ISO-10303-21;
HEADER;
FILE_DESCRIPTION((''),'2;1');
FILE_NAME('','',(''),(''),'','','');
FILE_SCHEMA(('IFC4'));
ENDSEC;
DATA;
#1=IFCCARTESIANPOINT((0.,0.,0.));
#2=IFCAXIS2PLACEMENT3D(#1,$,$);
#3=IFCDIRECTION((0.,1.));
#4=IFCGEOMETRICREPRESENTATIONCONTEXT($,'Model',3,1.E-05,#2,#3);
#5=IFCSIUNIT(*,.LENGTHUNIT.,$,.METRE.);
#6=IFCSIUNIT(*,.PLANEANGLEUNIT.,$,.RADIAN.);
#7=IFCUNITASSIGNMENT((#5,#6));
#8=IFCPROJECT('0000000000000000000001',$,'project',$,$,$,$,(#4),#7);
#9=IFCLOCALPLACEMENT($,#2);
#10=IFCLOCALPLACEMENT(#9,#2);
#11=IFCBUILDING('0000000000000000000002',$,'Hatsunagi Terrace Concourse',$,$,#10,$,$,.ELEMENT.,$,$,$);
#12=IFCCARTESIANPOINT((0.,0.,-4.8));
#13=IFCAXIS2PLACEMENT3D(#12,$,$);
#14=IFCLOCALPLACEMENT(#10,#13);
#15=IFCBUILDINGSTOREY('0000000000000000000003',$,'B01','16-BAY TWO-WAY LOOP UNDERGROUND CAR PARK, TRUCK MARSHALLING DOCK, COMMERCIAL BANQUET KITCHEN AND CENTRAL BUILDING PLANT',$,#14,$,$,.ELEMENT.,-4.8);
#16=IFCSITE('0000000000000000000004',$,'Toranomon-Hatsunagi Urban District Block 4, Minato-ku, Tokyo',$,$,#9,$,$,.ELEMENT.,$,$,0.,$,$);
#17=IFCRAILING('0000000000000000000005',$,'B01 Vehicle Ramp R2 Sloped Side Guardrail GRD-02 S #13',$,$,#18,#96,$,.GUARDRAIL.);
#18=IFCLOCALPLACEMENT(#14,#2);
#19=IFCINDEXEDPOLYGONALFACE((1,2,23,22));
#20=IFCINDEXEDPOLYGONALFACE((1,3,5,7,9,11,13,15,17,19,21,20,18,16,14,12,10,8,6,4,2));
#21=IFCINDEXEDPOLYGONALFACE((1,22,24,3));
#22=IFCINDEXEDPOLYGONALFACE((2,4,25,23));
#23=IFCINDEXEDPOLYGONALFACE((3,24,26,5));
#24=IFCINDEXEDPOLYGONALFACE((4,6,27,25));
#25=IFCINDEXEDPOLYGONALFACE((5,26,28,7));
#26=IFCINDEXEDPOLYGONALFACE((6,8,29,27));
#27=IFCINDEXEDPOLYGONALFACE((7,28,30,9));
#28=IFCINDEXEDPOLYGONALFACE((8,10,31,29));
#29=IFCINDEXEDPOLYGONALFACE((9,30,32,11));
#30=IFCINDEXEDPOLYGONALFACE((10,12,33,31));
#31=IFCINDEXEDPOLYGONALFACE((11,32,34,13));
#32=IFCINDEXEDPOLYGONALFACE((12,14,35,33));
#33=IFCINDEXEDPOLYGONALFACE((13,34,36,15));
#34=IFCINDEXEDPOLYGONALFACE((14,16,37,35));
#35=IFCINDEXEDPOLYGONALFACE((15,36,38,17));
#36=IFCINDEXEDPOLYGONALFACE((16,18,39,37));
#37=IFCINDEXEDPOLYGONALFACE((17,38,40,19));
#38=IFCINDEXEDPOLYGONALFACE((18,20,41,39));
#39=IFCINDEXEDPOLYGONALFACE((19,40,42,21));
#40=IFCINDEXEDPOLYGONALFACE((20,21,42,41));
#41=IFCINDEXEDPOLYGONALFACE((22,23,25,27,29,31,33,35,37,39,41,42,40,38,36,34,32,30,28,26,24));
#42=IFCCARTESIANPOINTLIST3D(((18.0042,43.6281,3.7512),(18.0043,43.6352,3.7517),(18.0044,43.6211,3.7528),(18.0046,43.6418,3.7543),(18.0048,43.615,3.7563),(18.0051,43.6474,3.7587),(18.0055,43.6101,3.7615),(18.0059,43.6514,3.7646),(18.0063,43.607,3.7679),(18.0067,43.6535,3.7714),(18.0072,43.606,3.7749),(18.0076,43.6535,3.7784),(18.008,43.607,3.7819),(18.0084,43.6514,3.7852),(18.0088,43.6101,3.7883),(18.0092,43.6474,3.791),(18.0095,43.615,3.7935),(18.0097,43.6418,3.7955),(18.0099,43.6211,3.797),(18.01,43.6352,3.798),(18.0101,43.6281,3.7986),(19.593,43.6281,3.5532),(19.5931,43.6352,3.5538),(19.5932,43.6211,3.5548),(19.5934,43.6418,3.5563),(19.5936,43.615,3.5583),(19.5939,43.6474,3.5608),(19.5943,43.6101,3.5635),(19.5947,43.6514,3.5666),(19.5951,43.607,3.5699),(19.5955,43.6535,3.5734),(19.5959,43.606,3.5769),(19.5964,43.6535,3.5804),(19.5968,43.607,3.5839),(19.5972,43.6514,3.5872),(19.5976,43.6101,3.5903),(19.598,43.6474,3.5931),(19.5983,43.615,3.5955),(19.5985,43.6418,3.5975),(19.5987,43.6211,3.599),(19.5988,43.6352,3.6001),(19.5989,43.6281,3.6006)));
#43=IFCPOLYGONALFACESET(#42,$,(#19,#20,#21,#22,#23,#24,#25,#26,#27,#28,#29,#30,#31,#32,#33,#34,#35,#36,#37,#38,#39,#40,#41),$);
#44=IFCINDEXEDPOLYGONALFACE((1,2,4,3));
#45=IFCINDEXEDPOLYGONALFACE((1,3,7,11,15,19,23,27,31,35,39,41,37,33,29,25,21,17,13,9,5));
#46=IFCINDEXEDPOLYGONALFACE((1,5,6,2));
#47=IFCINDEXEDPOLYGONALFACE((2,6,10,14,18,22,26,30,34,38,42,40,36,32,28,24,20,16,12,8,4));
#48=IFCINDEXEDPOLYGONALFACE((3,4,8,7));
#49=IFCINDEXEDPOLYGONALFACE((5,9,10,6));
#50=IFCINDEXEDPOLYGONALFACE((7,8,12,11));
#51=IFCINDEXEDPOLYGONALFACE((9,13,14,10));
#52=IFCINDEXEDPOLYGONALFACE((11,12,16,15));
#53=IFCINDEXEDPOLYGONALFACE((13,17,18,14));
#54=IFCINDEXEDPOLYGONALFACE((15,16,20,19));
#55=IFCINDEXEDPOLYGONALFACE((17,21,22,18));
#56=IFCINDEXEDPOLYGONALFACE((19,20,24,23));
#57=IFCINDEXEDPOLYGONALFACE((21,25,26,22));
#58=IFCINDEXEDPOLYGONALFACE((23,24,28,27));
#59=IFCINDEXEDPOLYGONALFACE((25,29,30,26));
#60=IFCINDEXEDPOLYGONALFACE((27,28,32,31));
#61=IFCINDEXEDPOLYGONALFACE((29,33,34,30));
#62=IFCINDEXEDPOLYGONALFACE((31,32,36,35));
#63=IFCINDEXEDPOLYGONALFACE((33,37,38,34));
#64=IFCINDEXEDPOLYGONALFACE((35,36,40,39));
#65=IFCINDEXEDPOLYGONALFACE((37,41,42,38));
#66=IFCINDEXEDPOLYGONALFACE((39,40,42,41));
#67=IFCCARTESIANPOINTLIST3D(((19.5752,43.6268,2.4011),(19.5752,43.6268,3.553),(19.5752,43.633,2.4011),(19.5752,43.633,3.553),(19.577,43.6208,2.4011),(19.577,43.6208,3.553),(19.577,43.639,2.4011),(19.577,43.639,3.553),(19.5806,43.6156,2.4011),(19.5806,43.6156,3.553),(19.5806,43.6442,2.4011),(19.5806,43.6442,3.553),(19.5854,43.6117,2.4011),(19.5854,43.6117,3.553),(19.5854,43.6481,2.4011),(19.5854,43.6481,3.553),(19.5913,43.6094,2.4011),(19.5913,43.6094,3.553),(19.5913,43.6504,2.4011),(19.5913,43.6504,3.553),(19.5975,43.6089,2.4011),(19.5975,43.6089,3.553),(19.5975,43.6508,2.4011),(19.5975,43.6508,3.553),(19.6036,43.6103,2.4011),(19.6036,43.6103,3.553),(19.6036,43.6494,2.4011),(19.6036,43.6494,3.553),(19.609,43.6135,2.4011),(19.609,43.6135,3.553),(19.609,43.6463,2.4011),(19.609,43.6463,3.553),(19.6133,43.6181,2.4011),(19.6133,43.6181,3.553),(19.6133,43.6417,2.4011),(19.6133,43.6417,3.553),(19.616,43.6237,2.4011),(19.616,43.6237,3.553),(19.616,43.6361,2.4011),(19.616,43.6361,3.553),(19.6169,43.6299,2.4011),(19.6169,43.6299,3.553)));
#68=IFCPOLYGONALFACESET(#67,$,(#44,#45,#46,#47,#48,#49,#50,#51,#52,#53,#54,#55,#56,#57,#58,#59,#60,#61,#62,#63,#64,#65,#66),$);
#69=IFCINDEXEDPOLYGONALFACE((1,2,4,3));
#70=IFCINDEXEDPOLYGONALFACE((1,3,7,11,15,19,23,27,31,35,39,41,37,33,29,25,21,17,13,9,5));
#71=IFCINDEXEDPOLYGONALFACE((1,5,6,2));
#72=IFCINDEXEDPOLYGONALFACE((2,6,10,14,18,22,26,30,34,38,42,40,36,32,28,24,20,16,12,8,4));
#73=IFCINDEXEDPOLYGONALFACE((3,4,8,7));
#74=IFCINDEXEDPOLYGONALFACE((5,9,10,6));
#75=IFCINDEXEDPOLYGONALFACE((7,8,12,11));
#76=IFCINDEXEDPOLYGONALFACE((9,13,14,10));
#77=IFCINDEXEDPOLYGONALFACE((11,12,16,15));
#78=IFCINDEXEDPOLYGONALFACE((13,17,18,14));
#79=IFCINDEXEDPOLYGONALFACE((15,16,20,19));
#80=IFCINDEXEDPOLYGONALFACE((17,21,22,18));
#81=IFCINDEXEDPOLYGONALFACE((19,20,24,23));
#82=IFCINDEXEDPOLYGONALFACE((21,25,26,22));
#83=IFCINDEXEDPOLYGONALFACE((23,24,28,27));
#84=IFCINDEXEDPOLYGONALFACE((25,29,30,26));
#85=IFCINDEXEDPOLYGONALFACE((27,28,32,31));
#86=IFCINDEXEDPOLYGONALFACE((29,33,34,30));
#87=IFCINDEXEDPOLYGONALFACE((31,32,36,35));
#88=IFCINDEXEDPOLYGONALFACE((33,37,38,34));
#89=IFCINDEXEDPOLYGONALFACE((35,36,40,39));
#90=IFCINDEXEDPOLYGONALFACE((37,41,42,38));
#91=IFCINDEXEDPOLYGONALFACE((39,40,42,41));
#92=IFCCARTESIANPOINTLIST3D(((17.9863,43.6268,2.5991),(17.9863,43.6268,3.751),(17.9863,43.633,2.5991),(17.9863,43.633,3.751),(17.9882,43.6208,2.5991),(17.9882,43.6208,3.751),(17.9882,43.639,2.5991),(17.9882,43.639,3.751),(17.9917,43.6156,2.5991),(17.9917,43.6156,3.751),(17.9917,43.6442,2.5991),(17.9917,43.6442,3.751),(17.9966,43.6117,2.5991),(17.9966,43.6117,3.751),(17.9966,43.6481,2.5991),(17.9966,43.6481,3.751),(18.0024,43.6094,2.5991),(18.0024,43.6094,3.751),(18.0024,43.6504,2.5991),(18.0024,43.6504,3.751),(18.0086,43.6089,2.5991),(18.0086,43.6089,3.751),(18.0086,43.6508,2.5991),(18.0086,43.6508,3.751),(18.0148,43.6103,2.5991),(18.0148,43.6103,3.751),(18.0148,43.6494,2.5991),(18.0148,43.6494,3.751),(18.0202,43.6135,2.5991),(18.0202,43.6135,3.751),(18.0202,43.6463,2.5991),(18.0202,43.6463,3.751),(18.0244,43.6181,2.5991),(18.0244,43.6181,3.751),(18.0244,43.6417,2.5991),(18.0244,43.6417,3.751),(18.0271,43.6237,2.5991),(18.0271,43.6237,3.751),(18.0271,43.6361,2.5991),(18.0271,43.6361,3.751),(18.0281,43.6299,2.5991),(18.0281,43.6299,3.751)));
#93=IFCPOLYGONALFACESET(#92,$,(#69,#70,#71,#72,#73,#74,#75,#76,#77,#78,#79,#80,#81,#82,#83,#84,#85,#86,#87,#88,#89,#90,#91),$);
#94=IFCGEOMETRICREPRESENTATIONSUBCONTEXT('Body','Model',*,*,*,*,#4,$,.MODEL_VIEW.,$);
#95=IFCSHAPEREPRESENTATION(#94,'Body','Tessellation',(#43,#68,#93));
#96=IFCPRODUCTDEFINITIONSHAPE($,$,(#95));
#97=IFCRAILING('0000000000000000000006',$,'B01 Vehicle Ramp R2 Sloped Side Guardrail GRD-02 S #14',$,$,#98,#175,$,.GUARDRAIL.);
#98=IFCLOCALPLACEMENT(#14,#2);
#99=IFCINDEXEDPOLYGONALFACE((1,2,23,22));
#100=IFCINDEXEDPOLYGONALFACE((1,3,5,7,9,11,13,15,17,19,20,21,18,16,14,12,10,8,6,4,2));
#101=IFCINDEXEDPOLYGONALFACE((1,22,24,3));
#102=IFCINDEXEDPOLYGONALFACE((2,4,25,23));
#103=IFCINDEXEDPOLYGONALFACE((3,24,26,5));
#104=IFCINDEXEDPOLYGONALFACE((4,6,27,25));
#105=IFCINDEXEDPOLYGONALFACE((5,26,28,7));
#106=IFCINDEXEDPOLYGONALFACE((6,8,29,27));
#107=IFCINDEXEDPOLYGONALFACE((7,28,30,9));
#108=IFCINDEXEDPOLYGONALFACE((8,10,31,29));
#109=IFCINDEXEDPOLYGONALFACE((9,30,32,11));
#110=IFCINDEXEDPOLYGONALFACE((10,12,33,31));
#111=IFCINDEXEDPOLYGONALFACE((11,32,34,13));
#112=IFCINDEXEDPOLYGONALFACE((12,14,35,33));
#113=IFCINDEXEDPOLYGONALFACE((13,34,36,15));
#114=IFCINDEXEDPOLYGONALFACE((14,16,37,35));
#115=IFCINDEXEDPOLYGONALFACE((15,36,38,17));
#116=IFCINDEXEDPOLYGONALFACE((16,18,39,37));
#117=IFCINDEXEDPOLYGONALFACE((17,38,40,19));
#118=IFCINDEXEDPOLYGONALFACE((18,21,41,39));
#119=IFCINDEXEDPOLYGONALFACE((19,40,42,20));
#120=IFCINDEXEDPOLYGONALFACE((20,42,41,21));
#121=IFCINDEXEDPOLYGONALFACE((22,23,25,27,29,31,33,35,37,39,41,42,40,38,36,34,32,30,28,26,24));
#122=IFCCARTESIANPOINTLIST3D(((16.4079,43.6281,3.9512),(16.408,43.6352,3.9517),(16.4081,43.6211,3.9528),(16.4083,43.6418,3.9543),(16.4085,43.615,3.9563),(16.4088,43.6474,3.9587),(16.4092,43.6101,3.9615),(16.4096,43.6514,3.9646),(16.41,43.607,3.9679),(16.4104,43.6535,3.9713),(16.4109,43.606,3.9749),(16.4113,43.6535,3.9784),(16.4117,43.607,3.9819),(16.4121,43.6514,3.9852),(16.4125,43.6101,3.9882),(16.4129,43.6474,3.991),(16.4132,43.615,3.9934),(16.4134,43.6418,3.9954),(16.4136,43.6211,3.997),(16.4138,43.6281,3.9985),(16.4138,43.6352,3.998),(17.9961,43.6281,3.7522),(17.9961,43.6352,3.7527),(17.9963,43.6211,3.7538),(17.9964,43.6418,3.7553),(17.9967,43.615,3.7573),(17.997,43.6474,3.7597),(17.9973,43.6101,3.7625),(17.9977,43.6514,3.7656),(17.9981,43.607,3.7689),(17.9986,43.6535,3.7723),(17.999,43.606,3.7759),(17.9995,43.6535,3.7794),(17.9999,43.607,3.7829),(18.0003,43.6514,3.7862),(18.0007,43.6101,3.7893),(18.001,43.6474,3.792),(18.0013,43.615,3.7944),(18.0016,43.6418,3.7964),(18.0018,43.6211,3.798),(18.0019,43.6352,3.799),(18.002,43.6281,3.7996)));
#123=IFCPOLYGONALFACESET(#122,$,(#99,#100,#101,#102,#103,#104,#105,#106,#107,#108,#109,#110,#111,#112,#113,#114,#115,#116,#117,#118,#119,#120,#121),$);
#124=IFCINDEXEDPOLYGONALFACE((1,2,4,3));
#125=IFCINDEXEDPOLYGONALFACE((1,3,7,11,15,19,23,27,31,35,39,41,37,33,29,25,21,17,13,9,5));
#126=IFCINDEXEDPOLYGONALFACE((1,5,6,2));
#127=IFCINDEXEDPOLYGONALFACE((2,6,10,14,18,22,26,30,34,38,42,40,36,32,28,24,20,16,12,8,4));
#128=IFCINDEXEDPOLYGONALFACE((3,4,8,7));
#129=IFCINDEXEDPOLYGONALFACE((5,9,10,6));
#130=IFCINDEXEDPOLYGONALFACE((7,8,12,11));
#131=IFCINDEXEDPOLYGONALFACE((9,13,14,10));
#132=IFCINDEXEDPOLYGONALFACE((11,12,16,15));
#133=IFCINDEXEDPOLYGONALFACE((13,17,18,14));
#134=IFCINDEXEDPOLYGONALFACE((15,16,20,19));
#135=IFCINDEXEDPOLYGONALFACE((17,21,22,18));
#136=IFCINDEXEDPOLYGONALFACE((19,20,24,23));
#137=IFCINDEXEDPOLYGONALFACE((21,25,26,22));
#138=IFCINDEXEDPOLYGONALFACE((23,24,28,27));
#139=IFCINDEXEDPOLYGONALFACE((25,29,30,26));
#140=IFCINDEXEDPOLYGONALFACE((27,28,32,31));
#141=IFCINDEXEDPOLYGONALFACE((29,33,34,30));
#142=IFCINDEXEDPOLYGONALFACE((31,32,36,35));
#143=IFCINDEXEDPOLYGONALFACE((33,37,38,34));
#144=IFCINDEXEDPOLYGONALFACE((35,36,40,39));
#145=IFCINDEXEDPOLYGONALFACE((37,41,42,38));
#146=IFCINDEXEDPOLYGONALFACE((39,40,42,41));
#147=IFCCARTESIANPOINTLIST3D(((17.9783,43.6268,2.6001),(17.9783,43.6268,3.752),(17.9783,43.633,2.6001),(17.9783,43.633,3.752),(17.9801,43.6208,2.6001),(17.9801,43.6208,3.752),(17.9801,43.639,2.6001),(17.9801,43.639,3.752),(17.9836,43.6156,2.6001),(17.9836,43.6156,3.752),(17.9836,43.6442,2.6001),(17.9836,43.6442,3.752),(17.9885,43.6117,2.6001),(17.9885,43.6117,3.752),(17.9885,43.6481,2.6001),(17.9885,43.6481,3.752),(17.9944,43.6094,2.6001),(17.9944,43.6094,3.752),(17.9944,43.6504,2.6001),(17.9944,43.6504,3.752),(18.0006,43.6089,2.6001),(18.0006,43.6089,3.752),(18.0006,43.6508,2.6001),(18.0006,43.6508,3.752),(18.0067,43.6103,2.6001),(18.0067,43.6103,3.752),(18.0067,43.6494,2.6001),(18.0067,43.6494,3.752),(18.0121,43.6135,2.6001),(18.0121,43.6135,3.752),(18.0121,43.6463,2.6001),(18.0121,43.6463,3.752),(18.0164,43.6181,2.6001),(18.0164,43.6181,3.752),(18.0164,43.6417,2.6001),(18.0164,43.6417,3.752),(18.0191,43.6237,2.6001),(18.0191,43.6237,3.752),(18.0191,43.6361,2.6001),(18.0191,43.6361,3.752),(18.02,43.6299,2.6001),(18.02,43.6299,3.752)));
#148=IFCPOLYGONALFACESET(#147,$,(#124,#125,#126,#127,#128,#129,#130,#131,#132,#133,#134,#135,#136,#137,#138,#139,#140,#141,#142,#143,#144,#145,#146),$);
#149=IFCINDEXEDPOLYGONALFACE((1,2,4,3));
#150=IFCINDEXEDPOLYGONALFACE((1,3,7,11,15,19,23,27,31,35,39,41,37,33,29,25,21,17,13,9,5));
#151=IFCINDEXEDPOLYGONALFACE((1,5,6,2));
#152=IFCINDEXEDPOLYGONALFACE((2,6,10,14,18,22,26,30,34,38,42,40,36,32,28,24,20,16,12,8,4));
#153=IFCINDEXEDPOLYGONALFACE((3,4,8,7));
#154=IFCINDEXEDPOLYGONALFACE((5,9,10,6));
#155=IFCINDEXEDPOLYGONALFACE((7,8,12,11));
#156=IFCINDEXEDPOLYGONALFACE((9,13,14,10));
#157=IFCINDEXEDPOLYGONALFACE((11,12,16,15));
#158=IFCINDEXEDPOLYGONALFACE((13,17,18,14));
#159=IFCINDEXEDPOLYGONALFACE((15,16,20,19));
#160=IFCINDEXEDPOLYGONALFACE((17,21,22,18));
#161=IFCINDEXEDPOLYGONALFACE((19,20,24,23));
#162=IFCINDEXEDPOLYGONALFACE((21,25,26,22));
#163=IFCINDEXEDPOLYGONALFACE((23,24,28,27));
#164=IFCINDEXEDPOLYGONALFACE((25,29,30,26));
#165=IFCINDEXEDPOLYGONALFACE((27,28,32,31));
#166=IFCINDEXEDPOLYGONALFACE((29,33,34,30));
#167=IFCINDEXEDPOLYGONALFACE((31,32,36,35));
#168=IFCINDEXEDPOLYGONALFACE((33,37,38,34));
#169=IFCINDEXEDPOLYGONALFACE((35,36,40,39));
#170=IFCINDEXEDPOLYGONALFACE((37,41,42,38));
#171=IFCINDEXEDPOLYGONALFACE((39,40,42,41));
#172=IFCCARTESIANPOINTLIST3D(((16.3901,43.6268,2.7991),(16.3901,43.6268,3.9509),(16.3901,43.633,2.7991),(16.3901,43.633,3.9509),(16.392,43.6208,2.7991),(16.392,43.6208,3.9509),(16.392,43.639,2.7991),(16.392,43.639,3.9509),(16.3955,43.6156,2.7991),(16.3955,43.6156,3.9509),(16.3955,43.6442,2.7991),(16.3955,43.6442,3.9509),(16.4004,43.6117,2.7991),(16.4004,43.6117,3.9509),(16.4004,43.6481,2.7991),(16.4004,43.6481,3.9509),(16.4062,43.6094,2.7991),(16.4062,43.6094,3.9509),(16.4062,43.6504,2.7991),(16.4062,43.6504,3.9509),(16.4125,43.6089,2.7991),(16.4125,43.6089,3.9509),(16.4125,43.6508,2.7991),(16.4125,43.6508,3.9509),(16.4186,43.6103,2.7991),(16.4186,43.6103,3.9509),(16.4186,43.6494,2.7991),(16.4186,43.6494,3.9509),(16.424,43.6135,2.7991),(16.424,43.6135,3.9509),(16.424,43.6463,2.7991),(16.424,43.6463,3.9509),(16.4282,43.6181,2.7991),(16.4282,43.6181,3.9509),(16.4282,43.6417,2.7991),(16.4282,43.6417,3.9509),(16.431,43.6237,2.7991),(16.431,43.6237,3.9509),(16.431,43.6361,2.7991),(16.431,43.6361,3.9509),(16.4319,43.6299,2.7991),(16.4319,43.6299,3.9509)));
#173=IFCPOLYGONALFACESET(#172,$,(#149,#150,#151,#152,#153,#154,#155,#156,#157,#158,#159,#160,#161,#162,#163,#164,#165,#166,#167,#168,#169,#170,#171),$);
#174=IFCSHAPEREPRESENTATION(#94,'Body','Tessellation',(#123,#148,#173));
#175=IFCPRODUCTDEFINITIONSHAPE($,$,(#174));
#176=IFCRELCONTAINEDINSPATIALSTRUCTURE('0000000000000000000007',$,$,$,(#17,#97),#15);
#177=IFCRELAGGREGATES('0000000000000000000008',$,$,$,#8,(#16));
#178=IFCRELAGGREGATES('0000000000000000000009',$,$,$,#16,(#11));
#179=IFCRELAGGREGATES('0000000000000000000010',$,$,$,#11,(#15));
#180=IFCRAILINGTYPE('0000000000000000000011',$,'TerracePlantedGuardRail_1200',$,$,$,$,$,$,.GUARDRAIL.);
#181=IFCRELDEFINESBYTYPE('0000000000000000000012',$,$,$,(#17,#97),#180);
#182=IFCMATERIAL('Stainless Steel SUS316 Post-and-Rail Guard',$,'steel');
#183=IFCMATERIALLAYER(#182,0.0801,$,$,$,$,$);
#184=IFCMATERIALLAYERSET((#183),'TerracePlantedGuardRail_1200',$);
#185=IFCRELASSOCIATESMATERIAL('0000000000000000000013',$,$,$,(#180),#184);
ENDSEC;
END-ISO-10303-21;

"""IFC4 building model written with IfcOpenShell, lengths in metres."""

from ifc_helpers import new_model, si_unit, direction, frame, origin, origin_2d, place, context, subcontext, project, spatial, circle, extrude, material, layer, layer_set, type_object, element, save


model = new_model("IFC4")

# Units and contexts
model_context = context("Model", 3, precision=1e-05, world=origin(), true_north=direction((0.0, 1.0)))
body_context = subcontext(model_context, "Body", "Model", "MODEL_VIEW")
ifc_project = project(units=[si_unit("LENGTHUNIT", "METRE"), si_unit("PLANEANGLEUNIT", "RADIAN")], contexts=[model_context])

# Site, building, storey
site_placement = place(None, origin())
site = spatial("IfcSite", under=ifc_project, at=site_placement, Name="Toranomon-Hatsunagi Urban District Block 4, Minato-ku, Tokyo", CompositionType="ELEMENT", RefElevation=0.0)
building_placement = place(site_placement, origin())
building = spatial("IfcBuilding", under=site, at=building_placement, Name="Hatsunagi Terrace Concourse", CompositionType="ELEMENT")
storey_placement = place(building_placement, frame((0.0, 0.0, -4.8)))
storey = spatial("IfcBuildingStorey", under=building, at=storey_placement, Name="B01", Description="16-BAY TWO-WAY LOOP UNDERGROUND CAR PARK, TRUCK MARSHALLING DOCK, COMMERCIAL BANQUET KITCHEN AND CENTRAL BUILDING PLANT", CompositionType="ELEMENT", Elevation=-4.8)

# Railings
ifc_material_1 = material(Name="Stainless Steel SUS316 Post-and-Rail Guard", Category="steel")
ifc_layer_1 = layer(ifc_material_1, 0.0801)
ifc_layer_set_1 = layer_set([ifc_layer_1], Name="TerracePlantedGuardRail_1200")
railing_type = type_object("IfcRailingType", Name="TerracePlantedGuardRail_1200", PredefinedType="GUARDRAIL", material=ifc_layer_set_1)
railing_1_placement = place(storey_placement, frame((19.5959, 43.6299, 2.4011)))
element("IfcRailing", 1, at=railing_1_placement, inside=storey, type_object=railing_type, Name="B01 Vehicle Ramp R2 Sloped Side Guardrail GRD-02 S #13", PredefinedType="GUARDRAIL", context=body_context, shape_type="SweptSolid", body=[
    extrude(circle(Radius=0.0239, at=origin_2d()), frame((0.0, 0.0, 1.1758), z_axis=(-0.992325, 0.0, 0.123659), x_axis=(0.0, -1.0, 0.0)), (0.0, 0.0, 1.0), 1.6011),
    extrude(circle(Radius=0.021, at=origin_2d()), origin(), (0.0, 0.0, 1.0), 1.1519),
    extrude(circle(Radius=0.021, at=origin_2d()), frame((-1.5889, 0.0, 0.198)), (0.0, 0.0, 1.0), 1.1519),
])
railing_2_placement = place(storey_placement, frame((17.999, 43.6299, 2.6001)))
element("IfcRailing", 2, at=railing_2_placement, inside=storey, type_object=railing_type, Name="B01 Vehicle Ramp R2 Sloped Side Guardrail GRD-02 S #14", PredefinedType="GUARDRAIL", context=body_context, shape_type="SweptSolid", body=[
    extrude(circle(Radius=0.0239, at=origin_2d()), frame((0.0, 0.0, 1.1758), z_axis=(-0.992243, 0.0, 0.124316), x_axis=(0.0, -1.0, 0.0)), (0.0, 0.0, 1.0), 1.6006),
    extrude(circle(Radius=0.021, at=origin_2d()), origin(), (0.0, 0.0, 1.0), 1.1519),
    extrude(circle(Radius=0.021, at=origin_2d()), frame((-1.5881, 0.0, 0.199)), (0.0, 0.0, 1.0), 1.1519),
])

save(model, "model.ifc")
